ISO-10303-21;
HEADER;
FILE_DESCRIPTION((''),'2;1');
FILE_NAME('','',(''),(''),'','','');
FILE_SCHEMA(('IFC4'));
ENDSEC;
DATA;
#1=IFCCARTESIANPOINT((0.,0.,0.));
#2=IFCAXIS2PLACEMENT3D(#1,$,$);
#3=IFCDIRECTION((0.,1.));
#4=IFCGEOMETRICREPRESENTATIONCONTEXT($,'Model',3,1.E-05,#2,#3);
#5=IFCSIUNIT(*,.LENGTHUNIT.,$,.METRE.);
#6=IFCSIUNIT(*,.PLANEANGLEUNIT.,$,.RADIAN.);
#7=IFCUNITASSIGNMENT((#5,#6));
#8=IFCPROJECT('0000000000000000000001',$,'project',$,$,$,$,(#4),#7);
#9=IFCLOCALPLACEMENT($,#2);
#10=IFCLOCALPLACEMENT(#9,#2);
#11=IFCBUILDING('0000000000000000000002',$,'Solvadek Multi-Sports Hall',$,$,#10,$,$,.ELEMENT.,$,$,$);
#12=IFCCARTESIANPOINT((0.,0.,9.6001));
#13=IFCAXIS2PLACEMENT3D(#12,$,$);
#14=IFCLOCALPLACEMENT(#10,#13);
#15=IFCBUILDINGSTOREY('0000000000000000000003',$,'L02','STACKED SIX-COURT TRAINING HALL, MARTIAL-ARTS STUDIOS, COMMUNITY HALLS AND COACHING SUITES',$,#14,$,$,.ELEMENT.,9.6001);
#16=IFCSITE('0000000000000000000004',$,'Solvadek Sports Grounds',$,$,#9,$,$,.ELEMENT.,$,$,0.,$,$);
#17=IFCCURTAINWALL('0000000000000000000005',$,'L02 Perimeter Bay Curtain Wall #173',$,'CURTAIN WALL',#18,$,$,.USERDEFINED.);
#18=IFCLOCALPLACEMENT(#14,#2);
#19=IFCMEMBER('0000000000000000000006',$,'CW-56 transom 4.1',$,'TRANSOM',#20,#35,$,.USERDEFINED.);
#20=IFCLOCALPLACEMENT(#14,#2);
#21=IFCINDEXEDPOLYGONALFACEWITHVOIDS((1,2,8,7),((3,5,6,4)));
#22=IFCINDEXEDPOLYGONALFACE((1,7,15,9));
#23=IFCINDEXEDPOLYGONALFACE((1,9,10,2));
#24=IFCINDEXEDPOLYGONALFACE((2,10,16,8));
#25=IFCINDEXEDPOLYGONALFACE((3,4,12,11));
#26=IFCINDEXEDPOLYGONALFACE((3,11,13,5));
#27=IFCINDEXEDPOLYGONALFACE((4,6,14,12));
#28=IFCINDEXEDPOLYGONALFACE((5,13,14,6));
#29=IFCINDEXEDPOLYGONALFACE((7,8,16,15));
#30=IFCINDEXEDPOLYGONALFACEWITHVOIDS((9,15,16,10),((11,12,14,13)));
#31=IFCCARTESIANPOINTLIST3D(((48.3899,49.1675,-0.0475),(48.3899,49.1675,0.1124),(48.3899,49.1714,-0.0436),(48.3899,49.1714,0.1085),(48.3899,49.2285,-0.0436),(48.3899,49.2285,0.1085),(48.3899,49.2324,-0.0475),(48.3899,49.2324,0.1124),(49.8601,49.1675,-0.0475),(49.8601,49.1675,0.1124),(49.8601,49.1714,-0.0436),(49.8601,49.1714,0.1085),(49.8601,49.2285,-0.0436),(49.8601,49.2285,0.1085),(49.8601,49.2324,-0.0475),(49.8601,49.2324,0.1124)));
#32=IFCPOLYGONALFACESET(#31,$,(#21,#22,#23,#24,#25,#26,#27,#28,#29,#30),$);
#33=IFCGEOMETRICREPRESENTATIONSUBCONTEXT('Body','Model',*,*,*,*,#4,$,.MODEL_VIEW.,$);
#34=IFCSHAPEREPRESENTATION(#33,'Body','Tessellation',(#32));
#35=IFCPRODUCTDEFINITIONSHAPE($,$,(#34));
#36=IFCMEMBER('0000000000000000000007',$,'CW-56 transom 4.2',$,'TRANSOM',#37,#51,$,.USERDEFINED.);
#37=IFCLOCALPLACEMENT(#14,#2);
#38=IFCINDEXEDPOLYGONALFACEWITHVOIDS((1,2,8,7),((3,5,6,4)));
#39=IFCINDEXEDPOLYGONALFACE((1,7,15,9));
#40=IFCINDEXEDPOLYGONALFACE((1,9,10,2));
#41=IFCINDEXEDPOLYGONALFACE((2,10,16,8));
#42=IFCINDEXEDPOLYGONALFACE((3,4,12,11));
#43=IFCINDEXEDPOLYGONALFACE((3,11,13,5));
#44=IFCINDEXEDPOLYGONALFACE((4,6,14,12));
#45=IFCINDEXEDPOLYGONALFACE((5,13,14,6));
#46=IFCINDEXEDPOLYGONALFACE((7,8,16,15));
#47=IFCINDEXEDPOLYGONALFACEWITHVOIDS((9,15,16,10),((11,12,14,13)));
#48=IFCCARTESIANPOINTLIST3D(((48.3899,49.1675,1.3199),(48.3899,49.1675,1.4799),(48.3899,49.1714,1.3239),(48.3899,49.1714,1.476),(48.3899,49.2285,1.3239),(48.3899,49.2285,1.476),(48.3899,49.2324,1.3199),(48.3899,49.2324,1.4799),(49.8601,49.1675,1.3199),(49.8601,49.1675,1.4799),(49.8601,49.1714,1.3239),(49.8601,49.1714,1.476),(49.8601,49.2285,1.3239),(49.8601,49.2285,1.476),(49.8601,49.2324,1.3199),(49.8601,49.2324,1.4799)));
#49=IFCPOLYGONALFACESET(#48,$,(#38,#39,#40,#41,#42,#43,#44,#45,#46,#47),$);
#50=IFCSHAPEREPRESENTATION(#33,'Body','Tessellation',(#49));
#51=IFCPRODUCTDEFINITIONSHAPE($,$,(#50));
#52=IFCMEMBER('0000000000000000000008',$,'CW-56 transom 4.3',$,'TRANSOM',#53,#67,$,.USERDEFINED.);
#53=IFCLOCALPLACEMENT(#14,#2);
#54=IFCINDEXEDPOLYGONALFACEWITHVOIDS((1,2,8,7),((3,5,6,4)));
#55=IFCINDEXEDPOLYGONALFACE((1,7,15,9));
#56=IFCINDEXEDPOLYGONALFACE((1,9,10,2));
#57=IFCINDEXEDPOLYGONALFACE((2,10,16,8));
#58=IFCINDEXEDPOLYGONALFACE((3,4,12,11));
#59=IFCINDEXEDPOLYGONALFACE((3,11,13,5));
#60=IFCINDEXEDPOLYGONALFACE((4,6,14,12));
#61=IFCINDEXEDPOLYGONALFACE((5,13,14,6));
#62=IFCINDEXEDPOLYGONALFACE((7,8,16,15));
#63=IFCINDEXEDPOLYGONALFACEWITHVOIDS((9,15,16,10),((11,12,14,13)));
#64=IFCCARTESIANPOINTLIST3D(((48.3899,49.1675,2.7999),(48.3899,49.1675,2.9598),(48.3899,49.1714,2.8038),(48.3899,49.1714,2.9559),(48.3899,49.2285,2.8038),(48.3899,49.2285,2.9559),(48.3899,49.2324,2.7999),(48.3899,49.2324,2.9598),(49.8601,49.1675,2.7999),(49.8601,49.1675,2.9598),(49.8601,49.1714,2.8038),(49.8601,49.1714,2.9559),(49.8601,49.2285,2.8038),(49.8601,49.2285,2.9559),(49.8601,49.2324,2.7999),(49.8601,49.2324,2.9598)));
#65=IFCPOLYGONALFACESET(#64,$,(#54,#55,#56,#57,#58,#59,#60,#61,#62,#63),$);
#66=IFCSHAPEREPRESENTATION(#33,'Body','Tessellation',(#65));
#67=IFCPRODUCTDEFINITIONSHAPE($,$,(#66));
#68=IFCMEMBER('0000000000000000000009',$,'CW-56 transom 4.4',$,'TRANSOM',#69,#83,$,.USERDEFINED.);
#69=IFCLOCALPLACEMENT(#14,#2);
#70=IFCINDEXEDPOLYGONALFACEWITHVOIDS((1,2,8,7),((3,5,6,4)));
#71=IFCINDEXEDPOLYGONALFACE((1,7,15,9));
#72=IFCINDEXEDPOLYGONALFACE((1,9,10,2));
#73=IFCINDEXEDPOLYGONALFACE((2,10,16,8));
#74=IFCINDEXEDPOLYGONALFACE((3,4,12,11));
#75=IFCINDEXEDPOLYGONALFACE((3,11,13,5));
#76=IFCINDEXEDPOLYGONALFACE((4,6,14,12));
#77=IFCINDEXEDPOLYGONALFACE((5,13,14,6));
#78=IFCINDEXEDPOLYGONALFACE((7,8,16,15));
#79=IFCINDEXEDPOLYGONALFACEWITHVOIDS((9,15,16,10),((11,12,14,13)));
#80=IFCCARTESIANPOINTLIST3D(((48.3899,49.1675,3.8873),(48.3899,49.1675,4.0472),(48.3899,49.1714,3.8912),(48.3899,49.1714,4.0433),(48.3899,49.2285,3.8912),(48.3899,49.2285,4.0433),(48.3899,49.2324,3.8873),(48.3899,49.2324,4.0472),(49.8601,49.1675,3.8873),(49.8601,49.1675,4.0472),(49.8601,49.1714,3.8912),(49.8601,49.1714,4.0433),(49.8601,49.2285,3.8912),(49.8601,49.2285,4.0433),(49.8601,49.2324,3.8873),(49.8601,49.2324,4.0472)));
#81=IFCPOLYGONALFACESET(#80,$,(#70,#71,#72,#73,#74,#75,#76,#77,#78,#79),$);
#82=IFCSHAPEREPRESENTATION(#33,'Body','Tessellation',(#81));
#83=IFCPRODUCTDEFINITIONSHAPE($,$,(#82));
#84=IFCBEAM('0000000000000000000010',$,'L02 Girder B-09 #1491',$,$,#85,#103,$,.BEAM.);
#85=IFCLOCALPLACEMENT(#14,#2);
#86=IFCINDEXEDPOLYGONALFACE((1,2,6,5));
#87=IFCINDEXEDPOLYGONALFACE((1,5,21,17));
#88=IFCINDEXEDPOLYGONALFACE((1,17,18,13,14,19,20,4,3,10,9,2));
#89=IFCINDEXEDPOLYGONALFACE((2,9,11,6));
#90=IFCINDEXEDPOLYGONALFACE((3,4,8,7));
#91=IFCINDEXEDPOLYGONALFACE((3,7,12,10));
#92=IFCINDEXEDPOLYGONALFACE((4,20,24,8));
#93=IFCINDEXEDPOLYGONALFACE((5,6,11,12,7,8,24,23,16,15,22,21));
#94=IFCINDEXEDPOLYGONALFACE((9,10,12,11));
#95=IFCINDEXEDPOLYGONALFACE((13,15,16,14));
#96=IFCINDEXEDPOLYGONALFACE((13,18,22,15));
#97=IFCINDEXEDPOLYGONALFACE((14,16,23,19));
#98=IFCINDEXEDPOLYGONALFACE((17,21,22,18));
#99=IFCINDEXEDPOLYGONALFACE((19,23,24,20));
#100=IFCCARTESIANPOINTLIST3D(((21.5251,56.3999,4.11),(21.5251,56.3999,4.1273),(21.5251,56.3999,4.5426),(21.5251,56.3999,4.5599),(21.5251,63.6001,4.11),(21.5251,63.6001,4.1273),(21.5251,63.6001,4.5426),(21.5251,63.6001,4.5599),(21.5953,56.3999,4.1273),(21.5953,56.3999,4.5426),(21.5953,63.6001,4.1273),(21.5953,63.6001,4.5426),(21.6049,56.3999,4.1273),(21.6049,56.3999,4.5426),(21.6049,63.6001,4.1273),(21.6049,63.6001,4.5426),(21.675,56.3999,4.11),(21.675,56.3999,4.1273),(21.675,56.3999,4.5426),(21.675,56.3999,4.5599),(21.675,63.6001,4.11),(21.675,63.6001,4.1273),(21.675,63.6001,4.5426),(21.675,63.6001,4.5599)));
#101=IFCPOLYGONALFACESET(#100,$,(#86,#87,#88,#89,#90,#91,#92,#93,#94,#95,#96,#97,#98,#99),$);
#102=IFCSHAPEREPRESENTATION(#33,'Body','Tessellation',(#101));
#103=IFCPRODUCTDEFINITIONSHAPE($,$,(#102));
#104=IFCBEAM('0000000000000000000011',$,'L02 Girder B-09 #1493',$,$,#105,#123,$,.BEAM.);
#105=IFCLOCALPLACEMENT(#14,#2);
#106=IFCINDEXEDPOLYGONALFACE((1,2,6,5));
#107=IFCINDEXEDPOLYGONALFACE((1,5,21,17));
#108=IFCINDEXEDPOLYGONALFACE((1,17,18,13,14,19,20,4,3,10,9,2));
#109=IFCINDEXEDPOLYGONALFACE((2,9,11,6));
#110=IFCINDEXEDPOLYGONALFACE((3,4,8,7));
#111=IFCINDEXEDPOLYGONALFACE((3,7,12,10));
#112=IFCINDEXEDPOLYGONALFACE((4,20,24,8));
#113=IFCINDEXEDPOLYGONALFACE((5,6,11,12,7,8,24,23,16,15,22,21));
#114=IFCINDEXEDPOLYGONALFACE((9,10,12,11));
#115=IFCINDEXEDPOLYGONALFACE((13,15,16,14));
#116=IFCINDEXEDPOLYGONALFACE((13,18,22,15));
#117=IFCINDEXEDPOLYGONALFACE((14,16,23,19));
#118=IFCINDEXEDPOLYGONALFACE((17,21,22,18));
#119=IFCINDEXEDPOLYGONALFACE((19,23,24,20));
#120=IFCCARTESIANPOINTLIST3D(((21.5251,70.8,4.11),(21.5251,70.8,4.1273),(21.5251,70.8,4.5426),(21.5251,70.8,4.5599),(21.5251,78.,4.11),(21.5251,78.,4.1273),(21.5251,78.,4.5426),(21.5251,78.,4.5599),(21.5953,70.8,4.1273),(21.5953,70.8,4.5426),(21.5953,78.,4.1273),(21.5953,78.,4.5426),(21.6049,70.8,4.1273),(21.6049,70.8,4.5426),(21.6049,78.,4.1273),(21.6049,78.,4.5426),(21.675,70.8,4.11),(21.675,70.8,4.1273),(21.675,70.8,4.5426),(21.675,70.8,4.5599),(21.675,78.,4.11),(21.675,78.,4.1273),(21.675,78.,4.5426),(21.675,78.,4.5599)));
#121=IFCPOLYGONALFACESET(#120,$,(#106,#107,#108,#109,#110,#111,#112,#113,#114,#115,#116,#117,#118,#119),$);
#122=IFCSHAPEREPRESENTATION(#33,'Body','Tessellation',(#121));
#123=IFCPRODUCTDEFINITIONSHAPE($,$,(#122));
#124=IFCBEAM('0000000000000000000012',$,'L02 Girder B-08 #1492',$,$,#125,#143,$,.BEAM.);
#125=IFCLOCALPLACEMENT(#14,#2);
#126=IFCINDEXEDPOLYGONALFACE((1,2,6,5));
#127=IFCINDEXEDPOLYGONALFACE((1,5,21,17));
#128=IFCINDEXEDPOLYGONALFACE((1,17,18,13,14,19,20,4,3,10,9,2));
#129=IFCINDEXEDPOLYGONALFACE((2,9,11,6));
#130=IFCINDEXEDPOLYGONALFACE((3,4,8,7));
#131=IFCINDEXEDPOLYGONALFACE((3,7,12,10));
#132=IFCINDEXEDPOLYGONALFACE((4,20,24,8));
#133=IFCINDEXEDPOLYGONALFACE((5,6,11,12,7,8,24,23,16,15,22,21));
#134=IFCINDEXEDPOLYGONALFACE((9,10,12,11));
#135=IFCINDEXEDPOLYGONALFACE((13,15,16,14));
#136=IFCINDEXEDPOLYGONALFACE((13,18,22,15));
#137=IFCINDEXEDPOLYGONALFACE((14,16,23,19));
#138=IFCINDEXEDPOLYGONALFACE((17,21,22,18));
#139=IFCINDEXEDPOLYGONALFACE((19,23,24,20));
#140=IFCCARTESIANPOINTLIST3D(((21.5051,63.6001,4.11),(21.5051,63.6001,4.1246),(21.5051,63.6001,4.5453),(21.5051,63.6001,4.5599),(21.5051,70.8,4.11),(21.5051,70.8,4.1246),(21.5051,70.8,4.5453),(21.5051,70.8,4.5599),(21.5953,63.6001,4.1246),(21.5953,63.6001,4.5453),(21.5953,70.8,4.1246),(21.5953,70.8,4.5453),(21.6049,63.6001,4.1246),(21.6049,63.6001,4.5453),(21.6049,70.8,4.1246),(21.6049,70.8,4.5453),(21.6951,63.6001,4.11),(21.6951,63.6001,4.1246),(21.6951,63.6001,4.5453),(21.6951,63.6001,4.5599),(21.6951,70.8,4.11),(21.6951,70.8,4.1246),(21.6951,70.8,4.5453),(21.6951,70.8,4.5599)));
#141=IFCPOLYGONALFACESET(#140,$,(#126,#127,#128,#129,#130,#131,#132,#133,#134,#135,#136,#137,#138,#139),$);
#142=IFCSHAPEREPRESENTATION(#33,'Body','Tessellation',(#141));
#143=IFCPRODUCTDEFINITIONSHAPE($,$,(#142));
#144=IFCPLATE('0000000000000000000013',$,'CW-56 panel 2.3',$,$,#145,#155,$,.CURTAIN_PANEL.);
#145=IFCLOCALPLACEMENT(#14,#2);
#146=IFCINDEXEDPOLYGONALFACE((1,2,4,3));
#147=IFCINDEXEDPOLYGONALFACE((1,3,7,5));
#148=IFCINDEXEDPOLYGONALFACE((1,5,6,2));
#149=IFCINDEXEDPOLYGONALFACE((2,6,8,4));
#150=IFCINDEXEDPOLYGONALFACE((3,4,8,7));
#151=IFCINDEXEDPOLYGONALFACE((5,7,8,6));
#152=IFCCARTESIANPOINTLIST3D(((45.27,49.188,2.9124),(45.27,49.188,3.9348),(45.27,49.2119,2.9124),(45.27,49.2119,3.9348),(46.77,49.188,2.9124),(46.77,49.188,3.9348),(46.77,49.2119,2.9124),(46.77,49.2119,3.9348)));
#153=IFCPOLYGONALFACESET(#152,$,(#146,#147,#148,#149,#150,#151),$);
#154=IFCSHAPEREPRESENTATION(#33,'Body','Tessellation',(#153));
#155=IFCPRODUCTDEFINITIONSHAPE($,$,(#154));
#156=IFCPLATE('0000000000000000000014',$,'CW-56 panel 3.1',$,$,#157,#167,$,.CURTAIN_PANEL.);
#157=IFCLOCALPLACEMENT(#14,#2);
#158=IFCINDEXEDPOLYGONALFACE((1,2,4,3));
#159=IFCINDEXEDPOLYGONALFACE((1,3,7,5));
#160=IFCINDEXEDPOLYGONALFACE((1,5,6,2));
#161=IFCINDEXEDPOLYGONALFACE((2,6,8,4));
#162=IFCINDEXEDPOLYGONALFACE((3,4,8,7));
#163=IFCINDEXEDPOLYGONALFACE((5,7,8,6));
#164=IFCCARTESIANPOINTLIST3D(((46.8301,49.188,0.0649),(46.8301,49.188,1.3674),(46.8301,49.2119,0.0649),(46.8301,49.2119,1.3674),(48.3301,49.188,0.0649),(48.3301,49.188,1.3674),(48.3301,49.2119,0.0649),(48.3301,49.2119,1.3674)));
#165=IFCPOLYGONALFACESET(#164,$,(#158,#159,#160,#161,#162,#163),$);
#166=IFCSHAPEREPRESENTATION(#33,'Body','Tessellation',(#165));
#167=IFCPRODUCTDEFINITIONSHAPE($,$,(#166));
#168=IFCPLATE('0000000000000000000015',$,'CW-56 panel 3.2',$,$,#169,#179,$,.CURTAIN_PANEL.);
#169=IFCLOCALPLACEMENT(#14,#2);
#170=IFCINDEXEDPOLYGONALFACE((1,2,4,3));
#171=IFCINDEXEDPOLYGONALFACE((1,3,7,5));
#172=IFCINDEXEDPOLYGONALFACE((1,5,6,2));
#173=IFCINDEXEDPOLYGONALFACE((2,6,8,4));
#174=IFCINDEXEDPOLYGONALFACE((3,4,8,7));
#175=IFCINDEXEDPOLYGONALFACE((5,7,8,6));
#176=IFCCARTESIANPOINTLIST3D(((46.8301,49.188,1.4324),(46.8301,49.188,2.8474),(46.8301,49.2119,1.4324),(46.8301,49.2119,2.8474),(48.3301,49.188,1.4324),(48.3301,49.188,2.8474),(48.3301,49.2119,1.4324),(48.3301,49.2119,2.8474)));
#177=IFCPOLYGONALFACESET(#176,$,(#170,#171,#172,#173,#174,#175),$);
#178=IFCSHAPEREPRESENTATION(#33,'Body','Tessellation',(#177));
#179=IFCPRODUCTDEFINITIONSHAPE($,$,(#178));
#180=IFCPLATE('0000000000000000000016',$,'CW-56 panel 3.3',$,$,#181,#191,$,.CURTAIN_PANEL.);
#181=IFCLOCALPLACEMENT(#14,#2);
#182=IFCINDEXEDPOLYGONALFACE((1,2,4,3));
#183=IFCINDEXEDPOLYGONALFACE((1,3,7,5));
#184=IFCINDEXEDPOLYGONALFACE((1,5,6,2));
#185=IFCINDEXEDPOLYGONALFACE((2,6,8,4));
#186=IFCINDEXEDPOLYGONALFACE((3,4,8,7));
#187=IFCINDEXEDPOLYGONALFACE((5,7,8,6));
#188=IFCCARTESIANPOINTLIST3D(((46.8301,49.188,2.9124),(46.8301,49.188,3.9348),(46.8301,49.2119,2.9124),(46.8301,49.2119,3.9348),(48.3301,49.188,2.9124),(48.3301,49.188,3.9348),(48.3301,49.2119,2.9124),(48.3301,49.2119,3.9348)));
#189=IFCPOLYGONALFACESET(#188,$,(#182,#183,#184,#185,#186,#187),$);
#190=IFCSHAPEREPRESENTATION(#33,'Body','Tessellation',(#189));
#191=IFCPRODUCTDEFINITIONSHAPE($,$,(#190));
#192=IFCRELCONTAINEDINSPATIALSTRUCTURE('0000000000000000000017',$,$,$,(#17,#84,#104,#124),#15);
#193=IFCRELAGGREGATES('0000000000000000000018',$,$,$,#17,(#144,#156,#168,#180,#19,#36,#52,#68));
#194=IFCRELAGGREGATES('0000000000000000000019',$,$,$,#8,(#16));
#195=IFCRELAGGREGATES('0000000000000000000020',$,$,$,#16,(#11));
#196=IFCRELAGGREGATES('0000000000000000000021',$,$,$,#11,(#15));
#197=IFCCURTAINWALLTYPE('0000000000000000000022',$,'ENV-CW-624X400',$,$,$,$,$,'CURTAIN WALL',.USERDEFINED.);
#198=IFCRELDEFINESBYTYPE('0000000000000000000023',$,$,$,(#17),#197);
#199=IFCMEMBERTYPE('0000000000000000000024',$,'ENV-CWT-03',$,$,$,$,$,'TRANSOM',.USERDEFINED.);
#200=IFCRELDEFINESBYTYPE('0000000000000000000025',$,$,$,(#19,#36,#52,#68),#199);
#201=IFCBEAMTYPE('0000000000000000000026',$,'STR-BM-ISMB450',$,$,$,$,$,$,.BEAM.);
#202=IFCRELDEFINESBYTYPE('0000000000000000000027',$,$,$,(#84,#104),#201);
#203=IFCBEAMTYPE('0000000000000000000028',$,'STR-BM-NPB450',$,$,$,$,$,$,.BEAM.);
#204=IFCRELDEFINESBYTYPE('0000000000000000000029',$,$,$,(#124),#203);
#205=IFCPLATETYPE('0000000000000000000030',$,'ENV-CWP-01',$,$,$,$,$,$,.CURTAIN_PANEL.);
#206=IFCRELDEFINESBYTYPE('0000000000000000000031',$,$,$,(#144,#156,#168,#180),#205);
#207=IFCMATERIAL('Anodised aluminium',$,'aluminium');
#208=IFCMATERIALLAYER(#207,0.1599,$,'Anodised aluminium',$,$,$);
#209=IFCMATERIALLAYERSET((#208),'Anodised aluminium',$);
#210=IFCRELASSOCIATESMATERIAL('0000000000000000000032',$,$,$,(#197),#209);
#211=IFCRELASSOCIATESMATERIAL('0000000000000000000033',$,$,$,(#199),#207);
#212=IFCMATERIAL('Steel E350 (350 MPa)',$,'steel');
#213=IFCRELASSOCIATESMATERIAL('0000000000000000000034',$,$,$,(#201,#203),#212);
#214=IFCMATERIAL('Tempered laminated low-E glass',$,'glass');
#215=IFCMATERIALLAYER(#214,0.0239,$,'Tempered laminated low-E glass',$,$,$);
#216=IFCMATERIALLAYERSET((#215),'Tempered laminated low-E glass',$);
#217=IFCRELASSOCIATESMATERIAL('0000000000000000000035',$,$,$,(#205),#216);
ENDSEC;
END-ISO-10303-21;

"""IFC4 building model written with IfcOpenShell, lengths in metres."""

from ifc_helpers import new_model, si_unit, direction, frame, origin, origin_2d, place, context, subcontext, project, spatial, rectangle, hollow_rectangle, i_section, extrude, material, layer, layer_set, material_profile, profile_set, type_object, element, aggregate, save


model = new_model("IFC4")

# Units and contexts
model_context = context("Model", 3, precision=1e-05, world=origin(), true_north=direction((0.0, 1.0)))
body_context = subcontext(model_context, "Body", "Model", "MODEL_VIEW")
ifc_project = project(units=[si_unit("LENGTHUNIT", "METRE"), si_unit("PLANEANGLEUNIT", "RADIAN")], contexts=[model_context])

# Site, building, storey
site_placement = place(None, origin())
site = spatial("IfcSite", under=ifc_project, at=site_placement, Name="Solvadek Sports Grounds", CompositionType="ELEMENT", RefElevation=0.0)
building_placement = place(site_placement, origin())
building = spatial("IfcBuilding", under=site, at=building_placement, Name="Solvadek Multi-Sports Hall", CompositionType="ELEMENT")
storey_placement = place(building_placement, frame((0.0, 0.0, 9.6001)))
storey = spatial("IfcBuildingStorey", under=building, at=storey_placement, Name="L02", Description="STACKED SIX-COURT TRAINING HALL, MARTIAL-ARTS STUDIOS, COMMUNITY HALLS AND COACHING SUITES", CompositionType="ELEMENT", Elevation=9.6001)

# Shared definitions
ifc_material_1 = material(Name="Steel E350 (350 MPa)", Category="steel")

# Curtain wall, members
ifc_material_2 = material(Name="Anodised aluminium", Category="aluminium")
ifc_layer_1 = layer(ifc_material_2, 0.1599, Name="Anodised aluminium")
ifc_layer_set_1 = layer_set([ifc_layer_1], Name="Anodised aluminium")
curtain_wall_type = type_object("IfcCurtainWallType", Name="ENV-CW-624X400", ElementType="CURTAIN WALL", PredefinedType="USERDEFINED", material=ifc_layer_set_1)
curtain_wall_placement = place(storey_placement, origin())
curtain_wall = element("IfcCurtainWall", 1, at=curtain_wall_placement, inside=storey, type_object=curtain_wall_type, Name="L02 Perimeter Bay Curtain Wall #173", ObjectType="CURTAIN WALL", PredefinedType="USERDEFINED")
ifc_material_profile_1 = material_profile(ifc_material_2, hollow_rectangle(XDim=0.0649, YDim=0.1599, WallThickness=0.0039, at=origin_2d()), Name="ALU-T 160x65x4")
ifc_profile_set_1 = profile_set([ifc_material_profile_1], Name="Anodised aluminium")
member_type_1 = type_object("IfcMemberType", Name="ENV-CWT-03", ElementType="TRANSOM", PredefinedType="USERDEFINED", material=ifc_profile_set_1)
member_1_placement = place(storey_placement, frame((48.3899, 49.2, 0.0325), z_axis=(1.0, 0.0, 0.0), x_axis=(0.0, 1.0, 0.0)))
member_1 = element("IfcMember", 2, at=member_1_placement, type_object=member_type_1, Name="CW-56 transom 4.1", ObjectType="TRANSOM", PredefinedType="USERDEFINED", context=body_context, shape_type="SweptSolid", body=[
    extrude(hollow_rectangle(XDim=0.0649, YDim=0.1599, WallThickness=0.0039, at=origin_2d()), origin(), (0.0, 0.0, 1.0), 1.4702),
])
member_2_placement = place(storey_placement, frame((48.3899, 49.2, 1.3999), z_axis=(1.0, 0.0, 0.0), x_axis=(0.0, 1.0, 0.0)))
member_2 = element("IfcMember", 3, at=member_2_placement, type_object=member_type_1, Name="CW-56 transom 4.2", ObjectType="TRANSOM", PredefinedType="USERDEFINED", context=body_context, shape_type="SweptSolid", body=[
    extrude(hollow_rectangle(XDim=0.0649, YDim=0.1599, WallThickness=0.0039, at=origin_2d()), origin(), (0.0, 0.0, 1.0), 1.4702),
])
member_3_placement = place(storey_placement, frame((48.3899, 49.2, 2.8799), z_axis=(1.0, 0.0, 0.0), x_axis=(0.0, 1.0, 0.0)))
member_3 = element("IfcMember", 4, at=member_3_placement, type_object=member_type_1, Name="CW-56 transom 4.3", ObjectType="TRANSOM", PredefinedType="USERDEFINED", context=body_context, shape_type="SweptSolid", body=[
    extrude(hollow_rectangle(XDim=0.0649, YDim=0.1599, WallThickness=0.0039, at=origin_2d()), origin(), (0.0, 0.0, 1.0), 1.4702),
])
member_4_placement = place(storey_placement, frame((48.3899, 49.2, 3.9673), z_axis=(1.0, 0.0, 0.0), x_axis=(0.0, 1.0, 0.0)))
member_4 = element("IfcMember", 5, at=member_4_placement, type_object=member_type_1, Name="CW-56 transom 4.4", ObjectType="TRANSOM", PredefinedType="USERDEFINED", context=body_context, shape_type="SweptSolid", body=[
    extrude(hollow_rectangle(XDim=0.0649, YDim=0.1599, WallThickness=0.0039, at=origin_2d()), origin(), (0.0, 0.0, 1.0), 1.4702),
])

# Beams
ifc_material_profile_2 = material_profile(ifc_material_1, i_section(OverallWidth=0.1499, OverallDepth=0.45, WebThickness=0.0095, FlangeThickness=0.0173, at=origin_2d()), Name="ISMB 450")
ifc_profile_set_2 = profile_set([ifc_material_profile_2], Name="Steel E350 (350 MPa)")
beam_type_1 = type_object("IfcBeamType", Name="STR-BM-ISMB450", PredefinedType="BEAM", material=ifc_profile_set_2)
beam_1_placement = place(storey_placement, frame((21.6001, 56.3999, 4.335), z_axis=(0.0, 1.0, 0.0), x_axis=(-1.0, 0.0, 0.0)))
element("IfcBeam", 6, at=beam_1_placement, inside=storey, type_object=beam_type_1, Name="L02 Girder B-09 #1491", PredefinedType="BEAM", context=body_context, shape_type="SweptSolid", body=[
    extrude(i_section(OverallWidth=0.1499, OverallDepth=0.45, WebThickness=0.0095, FlangeThickness=0.0173, at=origin_2d()), origin(), (0.0, 0.0, 1.0), 7.2002),
])
beam_2_placement = place(storey_placement, frame((21.6001, 70.8, 4.335), z_axis=(0.0, 1.0, 0.0), x_axis=(-1.0, 0.0, 0.0)))
element("IfcBeam", 7, at=beam_2_placement, inside=storey, type_object=beam_type_1, Name="L02 Girder B-09 #1493", PredefinedType="BEAM", context=body_context, shape_type="SweptSolid", body=[
    extrude(i_section(OverallWidth=0.1499, OverallDepth=0.45, WebThickness=0.0095, FlangeThickness=0.0173, at=origin_2d()), origin(), (0.0, 0.0, 1.0), 7.2),
])
ifc_material_profile_3 = material_profile(ifc_material_1, i_section(OverallWidth=0.1899, OverallDepth=0.45, WebThickness=0.0095, FlangeThickness=0.0146, at=origin_2d()), Name="NPB 450")
ifc_profile_set_3 = profile_set([ifc_material_profile_3], Name="Steel E350 (350 MPa)")
beam_type_2 = type_object("IfcBeamType", Name="STR-BM-NPB450", PredefinedType="BEAM", material=ifc_profile_set_3)
beam_3_placement = place(storey_placement, frame((21.6001, 63.6001, 4.335), z_axis=(0.0, 1.0, 0.0), x_axis=(-1.0, 0.0, 0.0)))
element("IfcBeam", 8, at=beam_3_placement, inside=storey, type_object=beam_type_2, Name="L02 Girder B-08 #1492", PredefinedType="BEAM", context=body_context, shape_type="SweptSolid", body=[
    extrude(i_section(OverallWidth=0.1899, OverallDepth=0.45, WebThickness=0.0095, FlangeThickness=0.0146, at=origin_2d()), origin(), (0.0, 0.0, 1.0), 7.2),
])

# Plates
ifc_material_3 = material(Name="Tempered laminated low-E glass", Category="glass")
ifc_layer_2 = layer(ifc_material_3, 0.0239, Name="Tempered laminated low-E glass")
ifc_layer_set_2 = layer_set([ifc_layer_2], Name="Tempered laminated low-E glass")
plate_type = type_object("IfcPlateType", Name="ENV-CWP-01", PredefinedType="CURTAIN_PANEL", material=ifc_layer_set_2)
plate_1_placement = place(storey_placement, frame((46.02, 49.2, 2.9124), z_axis=(0.0, 0.0, 1.0), x_axis=(1.0, 0.0, 0.0)))
plate_1 = element("IfcPlate", 9, at=plate_1_placement, type_object=plate_type, Name="CW-56 panel 2.3", PredefinedType="CURTAIN_PANEL", context=body_context, shape_type="SweptSolid", body=[
    extrude(rectangle(XDim=1.5, YDim=0.0239, at=origin_2d()), origin(), (0.0, 0.0, 1.0), 1.0225),
])
plate_2_placement = place(storey_placement, frame((47.5801, 49.2, 0.0649), z_axis=(0.0, 0.0, 1.0), x_axis=(1.0, 0.0, 0.0)))
plate_2 = element("IfcPlate", 10, at=plate_2_placement, type_object=plate_type, Name="CW-56 panel 3.1", PredefinedType="CURTAIN_PANEL", context=body_context, shape_type="SweptSolid", body=[
    extrude(rectangle(XDim=1.5, YDim=0.0239, at=origin_2d()), origin(), (0.0, 0.0, 1.0), 1.3025),
])
plate_3_placement = place(storey_placement, frame((47.5801, 49.2, 1.4324), z_axis=(0.0, 0.0, 1.0), x_axis=(1.0, 0.0, 0.0)))
plate_3 = element("IfcPlate", 11, at=plate_3_placement, type_object=plate_type, Name="CW-56 panel 3.2", PredefinedType="CURTAIN_PANEL", context=body_context, shape_type="SweptSolid", body=[
    extrude(rectangle(XDim=1.5, YDim=0.0239, at=origin_2d()), origin(), (0.0, 0.0, 1.0), 1.415),
])
plate_4_placement = place(storey_placement, frame((47.5801, 49.2, 2.9124), z_axis=(0.0, 0.0, 1.0), x_axis=(1.0, 0.0, 0.0)))
plate_4 = element("IfcPlate", 12, at=plate_4_placement, type_object=plate_type, Name="CW-56 panel 3.3", PredefinedType="CURTAIN_PANEL", context=body_context, shape_type="SweptSolid", body=[
    extrude(rectangle(XDim=1.5, YDim=0.0239, at=origin_2d()), origin(), (0.0, 0.0, 1.0), 1.0225),
])
aggregate(curtain_wall, [plate_1, plate_2, plate_3, plate_4, member_1, member_2, member_3, member_4])

save(model, "model.ifc")
